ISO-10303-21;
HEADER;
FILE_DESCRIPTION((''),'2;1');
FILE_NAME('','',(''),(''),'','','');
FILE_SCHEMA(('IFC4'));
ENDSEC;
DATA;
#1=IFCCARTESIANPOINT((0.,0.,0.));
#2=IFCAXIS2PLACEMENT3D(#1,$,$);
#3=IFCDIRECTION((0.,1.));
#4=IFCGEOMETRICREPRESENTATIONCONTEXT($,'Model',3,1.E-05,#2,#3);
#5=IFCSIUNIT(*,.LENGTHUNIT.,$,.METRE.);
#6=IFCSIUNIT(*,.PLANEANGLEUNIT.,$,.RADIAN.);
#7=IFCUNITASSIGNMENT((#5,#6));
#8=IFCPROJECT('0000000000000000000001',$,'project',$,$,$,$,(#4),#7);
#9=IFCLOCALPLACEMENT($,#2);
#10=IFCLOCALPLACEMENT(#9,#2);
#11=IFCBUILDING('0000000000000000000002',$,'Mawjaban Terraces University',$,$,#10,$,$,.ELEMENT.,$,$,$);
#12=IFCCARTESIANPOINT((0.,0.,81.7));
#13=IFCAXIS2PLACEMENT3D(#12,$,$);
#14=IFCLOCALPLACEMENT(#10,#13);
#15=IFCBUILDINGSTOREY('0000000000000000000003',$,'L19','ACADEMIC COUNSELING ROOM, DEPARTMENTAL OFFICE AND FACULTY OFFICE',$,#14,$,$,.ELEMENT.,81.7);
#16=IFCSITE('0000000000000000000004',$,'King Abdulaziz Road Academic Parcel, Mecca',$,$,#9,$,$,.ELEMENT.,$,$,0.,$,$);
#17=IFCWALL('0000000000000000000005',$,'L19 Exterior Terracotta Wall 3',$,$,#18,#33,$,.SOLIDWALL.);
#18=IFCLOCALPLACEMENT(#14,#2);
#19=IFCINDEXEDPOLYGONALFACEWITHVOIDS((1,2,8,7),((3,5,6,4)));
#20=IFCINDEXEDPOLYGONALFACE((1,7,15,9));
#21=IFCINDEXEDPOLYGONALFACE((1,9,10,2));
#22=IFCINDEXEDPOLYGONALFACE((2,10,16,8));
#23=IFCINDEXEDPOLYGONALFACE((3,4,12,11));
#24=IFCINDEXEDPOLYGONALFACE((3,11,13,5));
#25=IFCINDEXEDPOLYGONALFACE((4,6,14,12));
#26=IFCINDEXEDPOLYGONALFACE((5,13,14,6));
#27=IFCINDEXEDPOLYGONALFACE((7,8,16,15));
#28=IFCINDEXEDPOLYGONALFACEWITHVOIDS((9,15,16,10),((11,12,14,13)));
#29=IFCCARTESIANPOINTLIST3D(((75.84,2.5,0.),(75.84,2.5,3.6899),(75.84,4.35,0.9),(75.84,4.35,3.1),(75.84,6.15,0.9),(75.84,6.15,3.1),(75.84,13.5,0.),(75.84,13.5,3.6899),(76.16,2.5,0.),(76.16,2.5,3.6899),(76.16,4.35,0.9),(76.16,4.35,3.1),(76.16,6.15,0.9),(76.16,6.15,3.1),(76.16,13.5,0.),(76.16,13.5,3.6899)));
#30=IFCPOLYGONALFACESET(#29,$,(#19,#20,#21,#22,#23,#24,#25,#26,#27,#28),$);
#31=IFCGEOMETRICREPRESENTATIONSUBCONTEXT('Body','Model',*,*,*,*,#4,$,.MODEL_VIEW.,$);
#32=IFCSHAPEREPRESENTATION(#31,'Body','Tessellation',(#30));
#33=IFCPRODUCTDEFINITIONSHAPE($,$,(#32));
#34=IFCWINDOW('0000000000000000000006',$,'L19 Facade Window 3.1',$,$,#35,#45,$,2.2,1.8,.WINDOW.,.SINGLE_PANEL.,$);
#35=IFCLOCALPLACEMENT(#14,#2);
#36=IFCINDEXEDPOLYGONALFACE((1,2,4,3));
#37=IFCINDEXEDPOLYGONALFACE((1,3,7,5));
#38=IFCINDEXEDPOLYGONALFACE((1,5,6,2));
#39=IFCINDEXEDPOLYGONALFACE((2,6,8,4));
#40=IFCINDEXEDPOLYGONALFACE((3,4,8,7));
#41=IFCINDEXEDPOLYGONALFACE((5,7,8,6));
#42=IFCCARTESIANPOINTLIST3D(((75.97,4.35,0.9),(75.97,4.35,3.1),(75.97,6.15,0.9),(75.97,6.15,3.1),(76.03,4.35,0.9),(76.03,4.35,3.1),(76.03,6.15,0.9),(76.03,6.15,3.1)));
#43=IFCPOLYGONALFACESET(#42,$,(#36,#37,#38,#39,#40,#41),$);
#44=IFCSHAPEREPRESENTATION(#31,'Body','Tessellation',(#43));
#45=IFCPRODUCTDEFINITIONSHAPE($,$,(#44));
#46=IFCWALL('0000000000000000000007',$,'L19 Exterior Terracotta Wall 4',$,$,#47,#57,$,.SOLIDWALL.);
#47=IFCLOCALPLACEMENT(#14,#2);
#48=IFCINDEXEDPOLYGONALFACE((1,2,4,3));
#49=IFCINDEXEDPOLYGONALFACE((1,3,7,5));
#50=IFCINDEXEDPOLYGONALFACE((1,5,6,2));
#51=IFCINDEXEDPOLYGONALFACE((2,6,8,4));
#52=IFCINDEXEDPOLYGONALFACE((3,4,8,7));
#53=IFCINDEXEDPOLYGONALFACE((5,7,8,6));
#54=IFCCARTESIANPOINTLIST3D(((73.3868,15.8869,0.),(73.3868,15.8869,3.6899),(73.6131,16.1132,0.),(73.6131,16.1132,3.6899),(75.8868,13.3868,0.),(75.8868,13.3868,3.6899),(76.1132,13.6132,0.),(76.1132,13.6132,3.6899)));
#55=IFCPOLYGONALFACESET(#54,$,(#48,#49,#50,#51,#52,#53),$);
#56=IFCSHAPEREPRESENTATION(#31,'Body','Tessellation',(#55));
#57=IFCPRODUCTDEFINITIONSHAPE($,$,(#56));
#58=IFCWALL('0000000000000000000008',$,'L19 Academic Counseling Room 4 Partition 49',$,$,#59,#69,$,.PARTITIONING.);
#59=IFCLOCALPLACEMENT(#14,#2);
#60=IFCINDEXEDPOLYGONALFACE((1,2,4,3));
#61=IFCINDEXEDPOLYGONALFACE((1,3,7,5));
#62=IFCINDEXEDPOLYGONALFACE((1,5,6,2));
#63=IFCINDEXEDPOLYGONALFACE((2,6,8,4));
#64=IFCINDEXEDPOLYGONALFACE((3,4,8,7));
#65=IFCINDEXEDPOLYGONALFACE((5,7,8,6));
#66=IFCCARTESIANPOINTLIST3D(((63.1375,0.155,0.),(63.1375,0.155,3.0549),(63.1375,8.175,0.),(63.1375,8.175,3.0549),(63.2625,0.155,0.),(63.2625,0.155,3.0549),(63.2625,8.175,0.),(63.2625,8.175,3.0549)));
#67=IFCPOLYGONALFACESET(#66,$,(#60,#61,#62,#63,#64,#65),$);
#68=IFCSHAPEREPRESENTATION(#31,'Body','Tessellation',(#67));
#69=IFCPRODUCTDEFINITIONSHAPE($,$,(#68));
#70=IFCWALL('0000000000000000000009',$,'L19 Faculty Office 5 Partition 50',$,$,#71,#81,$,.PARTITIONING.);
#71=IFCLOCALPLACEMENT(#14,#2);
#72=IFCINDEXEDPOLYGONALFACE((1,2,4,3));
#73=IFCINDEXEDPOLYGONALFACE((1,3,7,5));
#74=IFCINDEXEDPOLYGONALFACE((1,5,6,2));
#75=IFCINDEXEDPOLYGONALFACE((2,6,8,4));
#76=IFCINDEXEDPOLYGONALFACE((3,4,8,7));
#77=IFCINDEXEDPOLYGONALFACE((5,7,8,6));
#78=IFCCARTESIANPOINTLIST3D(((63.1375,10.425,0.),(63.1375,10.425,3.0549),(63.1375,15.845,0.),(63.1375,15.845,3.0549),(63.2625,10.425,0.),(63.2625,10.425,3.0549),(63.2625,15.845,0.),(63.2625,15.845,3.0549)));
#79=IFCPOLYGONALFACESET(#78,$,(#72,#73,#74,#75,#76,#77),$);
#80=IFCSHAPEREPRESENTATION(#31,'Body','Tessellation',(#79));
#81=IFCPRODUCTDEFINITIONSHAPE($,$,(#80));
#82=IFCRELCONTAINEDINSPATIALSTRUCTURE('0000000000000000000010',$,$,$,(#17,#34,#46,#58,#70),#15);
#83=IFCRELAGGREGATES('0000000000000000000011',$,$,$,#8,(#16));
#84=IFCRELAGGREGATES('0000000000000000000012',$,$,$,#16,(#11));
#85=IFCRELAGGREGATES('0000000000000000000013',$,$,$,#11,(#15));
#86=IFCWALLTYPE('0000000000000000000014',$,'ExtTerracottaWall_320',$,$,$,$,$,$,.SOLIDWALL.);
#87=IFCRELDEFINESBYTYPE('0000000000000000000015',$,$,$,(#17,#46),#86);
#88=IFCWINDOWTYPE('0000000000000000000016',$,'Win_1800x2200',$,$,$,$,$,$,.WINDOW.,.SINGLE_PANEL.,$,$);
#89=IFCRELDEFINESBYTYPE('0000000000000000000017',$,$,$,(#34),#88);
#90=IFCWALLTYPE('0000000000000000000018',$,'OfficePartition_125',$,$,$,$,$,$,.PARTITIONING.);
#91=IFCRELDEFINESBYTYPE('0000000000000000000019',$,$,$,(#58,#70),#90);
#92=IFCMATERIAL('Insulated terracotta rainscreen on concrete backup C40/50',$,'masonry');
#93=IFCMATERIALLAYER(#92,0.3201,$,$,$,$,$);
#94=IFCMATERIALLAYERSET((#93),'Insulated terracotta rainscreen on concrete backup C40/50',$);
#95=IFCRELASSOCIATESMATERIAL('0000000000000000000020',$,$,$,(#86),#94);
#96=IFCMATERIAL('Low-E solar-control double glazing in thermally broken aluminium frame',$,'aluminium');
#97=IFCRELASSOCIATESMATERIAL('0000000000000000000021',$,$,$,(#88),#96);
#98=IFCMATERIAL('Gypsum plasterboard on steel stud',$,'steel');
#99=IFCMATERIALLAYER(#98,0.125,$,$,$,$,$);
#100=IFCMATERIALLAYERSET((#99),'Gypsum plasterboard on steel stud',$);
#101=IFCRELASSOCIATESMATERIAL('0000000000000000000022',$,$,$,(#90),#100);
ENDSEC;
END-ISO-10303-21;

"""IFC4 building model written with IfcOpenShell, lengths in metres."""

from ifc_helpers import new_model, si_unit, direction, frame, frame_2d, origin, place, context, subcontext, project, spatial, rectangle, extrude, material, layer, layer_set, type_object, element, fill, save


model = new_model("IFC4")

# Units and contexts
model_context = context("Model", 3, precision=1e-05, world=origin(), true_north=direction((0.0, 1.0)))
body_context = subcontext(model_context, "Body", "Model", "MODEL_VIEW")
ifc_project = project(units=[si_unit("LENGTHUNIT", "METRE"), si_unit("PLANEANGLEUNIT", "RADIAN")], contexts=[model_context])

# Site, building, storey
site_placement = place(None, origin())
site = spatial("IfcSite", under=ifc_project, at=site_placement, Name="King Abdulaziz Road Academic Parcel, Mecca", CompositionType="ELEMENT", RefElevation=0.0)
building_placement = place(site_placement, origin())
building = spatial("IfcBuilding", under=site, at=building_placement, Name="Mawjaban Terraces University", CompositionType="ELEMENT")
storey_placement = place(building_placement, frame((0.0, 0.0, 81.7)))
storey = spatial("IfcBuildingStorey", under=building, at=storey_placement, Name="L19", Description="ACADEMIC COUNSELING ROOM, DEPARTMENTAL OFFICE AND FACULTY OFFICE", CompositionType="ELEMENT", Elevation=81.7)

# Shared definitions
ifc_material_1 = material(Name="Insulated terracotta rainscreen on concrete backup C40/50", Category="masonry")
ifc_layer_1 = layer(ifc_material_1, 0.3201)
ifc_layer_set_1 = layer_set([ifc_layer_1], Name="Insulated terracotta rainscreen on concrete backup C40/50")
wall_type_1 = type_object("IfcWallType", Name="ExtTerracottaWall_320", PredefinedType="SOLIDWALL", material=ifc_layer_set_1)

# Wall, opening, window
wall_1_placement = place(storey_placement, frame((76.0, 2.5, 0.0), z_axis=(0.0, 0.0, 1.0), x_axis=(0.0, 1.0, 0.0)))
wall_1 = element("IfcWall", 1, at=wall_1_placement, inside=storey, type_object=wall_type_1, Name="L19 Exterior Terracotta Wall 3", PredefinedType="SOLIDWALL", context=body_context, shape_type="SweptSolid", body=[
    extrude(rectangle(XDim=11.0, YDim=0.3201, at=frame_2d((5.5, 0.0))), origin(), (0.0, 0.0, 1.0), 3.6899),
])
opening_1_placement = place(wall_1_placement, frame((1.8501, 0.0, 0.8999)))
opening_1 = element("IfcOpeningElement", 2, at=opening_1_placement, cuts=wall_1, PredefinedType="OPENING", context=body_context, shape_type="SweptSolid", body=[
    extrude(rectangle(XDim=1.8, YDim=2.2, at=frame_2d((0.8999, 1.1001))), frame((0.0, 0.1699, 0.0), z_axis=(0.0, -1.0, 0.0), x_axis=(1.0, 0.0, 0.0)), (0.0, 0.0, 1.0), 0.3401),
])
ifc_material_2 = material(Name="Low-E solar-control double glazing in thermally broken aluminium frame", Category="aluminium")
window_type = type_object("IfcWindowType", Name="Win_1800x2200", PartitioningType="SINGLE_PANEL", PredefinedType="WINDOW", material=ifc_material_2)
window_placement = place(opening_1_placement, origin())
window = element("IfcWindow", 3, at=window_placement, inside=storey, type_object=window_type, Name="L19 Facade Window 3.1", OverallHeight=2.2, OverallWidth=1.8, PartitioningType="SINGLE_PANEL", PredefinedType="WINDOW", context=body_context, shape_type="SweptSolid", body=[
    extrude(rectangle(XDim=1.8, YDim=2.2, at=frame_2d((0.8999, 1.1001))), frame((0.0, 0.03, 0.0), z_axis=(0.0, -1.0, 0.0), x_axis=(1.0, 0.0, 0.0)), (0.0, 0.0, 1.0), 0.0601),
])
fill(opening_1, window)

# Walls
wall_2_placement = place(storey_placement, frame((76.0, 13.5, 0.0), z_axis=(0.0, 0.0, 1.0), x_axis=(-0.707107, 0.707107, 0.0)))
element("IfcWall", 4, at=wall_2_placement, inside=storey, type_object=wall_type_1, Name="L19 Exterior Terracotta Wall 4", PredefinedType="SOLIDWALL", context=body_context, shape_type="SweptSolid", body=[
    extrude(rectangle(XDim=3.5356, YDim=0.3201, at=frame_2d((1.7678, 0.0))), origin(), (0.0, 0.0, 1.0), 3.6899),
])
ifc_material_3 = material(Name="Gypsum plasterboard on steel stud", Category="steel")
ifc_layer_2 = layer(ifc_material_3, 0.125)
ifc_layer_set_2 = layer_set([ifc_layer_2], Name="Gypsum plasterboard on steel stud")
wall_type_2 = type_object("IfcWallType", Name="OfficePartition_125", PredefinedType="PARTITIONING", material=ifc_layer_set_2)
wall_3_placement = place(storey_placement, frame((63.2, 0.155, 0.0), z_axis=(0.0, 0.0, 1.0), x_axis=(0.0, 1.0, 0.0)))
element("IfcWall", 5, at=wall_3_placement, inside=storey, type_object=wall_type_2, Name="L19 Academic Counseling Room 4 Partition 49", PredefinedType="PARTITIONING", context=body_context, shape_type="SweptSolid", body=[
    extrude(rectangle(XDim=8.02, YDim=0.125, at=frame_2d((4.01, 0.0))), origin(), (0.0, 0.0, 1.0), 3.0549),
])
wall_4_placement = place(storey_placement, frame((63.2, 10.425, 0.0), z_axis=(0.0, 0.0, 1.0), x_axis=(0.0, 1.0, 0.0)))
element("IfcWall", 6, at=wall_4_placement, inside=storey, type_object=wall_type_2, Name="L19 Faculty Office 5 Partition 50", PredefinedType="PARTITIONING", context=body_context, shape_type="SweptSolid", body=[
    extrude(rectangle(XDim=5.4199, YDim=0.125, at=frame_2d((2.71, 0.0))), origin(), (0.0, 0.0, 1.0), 3.0549),
])

save(model, "model.ifc")
